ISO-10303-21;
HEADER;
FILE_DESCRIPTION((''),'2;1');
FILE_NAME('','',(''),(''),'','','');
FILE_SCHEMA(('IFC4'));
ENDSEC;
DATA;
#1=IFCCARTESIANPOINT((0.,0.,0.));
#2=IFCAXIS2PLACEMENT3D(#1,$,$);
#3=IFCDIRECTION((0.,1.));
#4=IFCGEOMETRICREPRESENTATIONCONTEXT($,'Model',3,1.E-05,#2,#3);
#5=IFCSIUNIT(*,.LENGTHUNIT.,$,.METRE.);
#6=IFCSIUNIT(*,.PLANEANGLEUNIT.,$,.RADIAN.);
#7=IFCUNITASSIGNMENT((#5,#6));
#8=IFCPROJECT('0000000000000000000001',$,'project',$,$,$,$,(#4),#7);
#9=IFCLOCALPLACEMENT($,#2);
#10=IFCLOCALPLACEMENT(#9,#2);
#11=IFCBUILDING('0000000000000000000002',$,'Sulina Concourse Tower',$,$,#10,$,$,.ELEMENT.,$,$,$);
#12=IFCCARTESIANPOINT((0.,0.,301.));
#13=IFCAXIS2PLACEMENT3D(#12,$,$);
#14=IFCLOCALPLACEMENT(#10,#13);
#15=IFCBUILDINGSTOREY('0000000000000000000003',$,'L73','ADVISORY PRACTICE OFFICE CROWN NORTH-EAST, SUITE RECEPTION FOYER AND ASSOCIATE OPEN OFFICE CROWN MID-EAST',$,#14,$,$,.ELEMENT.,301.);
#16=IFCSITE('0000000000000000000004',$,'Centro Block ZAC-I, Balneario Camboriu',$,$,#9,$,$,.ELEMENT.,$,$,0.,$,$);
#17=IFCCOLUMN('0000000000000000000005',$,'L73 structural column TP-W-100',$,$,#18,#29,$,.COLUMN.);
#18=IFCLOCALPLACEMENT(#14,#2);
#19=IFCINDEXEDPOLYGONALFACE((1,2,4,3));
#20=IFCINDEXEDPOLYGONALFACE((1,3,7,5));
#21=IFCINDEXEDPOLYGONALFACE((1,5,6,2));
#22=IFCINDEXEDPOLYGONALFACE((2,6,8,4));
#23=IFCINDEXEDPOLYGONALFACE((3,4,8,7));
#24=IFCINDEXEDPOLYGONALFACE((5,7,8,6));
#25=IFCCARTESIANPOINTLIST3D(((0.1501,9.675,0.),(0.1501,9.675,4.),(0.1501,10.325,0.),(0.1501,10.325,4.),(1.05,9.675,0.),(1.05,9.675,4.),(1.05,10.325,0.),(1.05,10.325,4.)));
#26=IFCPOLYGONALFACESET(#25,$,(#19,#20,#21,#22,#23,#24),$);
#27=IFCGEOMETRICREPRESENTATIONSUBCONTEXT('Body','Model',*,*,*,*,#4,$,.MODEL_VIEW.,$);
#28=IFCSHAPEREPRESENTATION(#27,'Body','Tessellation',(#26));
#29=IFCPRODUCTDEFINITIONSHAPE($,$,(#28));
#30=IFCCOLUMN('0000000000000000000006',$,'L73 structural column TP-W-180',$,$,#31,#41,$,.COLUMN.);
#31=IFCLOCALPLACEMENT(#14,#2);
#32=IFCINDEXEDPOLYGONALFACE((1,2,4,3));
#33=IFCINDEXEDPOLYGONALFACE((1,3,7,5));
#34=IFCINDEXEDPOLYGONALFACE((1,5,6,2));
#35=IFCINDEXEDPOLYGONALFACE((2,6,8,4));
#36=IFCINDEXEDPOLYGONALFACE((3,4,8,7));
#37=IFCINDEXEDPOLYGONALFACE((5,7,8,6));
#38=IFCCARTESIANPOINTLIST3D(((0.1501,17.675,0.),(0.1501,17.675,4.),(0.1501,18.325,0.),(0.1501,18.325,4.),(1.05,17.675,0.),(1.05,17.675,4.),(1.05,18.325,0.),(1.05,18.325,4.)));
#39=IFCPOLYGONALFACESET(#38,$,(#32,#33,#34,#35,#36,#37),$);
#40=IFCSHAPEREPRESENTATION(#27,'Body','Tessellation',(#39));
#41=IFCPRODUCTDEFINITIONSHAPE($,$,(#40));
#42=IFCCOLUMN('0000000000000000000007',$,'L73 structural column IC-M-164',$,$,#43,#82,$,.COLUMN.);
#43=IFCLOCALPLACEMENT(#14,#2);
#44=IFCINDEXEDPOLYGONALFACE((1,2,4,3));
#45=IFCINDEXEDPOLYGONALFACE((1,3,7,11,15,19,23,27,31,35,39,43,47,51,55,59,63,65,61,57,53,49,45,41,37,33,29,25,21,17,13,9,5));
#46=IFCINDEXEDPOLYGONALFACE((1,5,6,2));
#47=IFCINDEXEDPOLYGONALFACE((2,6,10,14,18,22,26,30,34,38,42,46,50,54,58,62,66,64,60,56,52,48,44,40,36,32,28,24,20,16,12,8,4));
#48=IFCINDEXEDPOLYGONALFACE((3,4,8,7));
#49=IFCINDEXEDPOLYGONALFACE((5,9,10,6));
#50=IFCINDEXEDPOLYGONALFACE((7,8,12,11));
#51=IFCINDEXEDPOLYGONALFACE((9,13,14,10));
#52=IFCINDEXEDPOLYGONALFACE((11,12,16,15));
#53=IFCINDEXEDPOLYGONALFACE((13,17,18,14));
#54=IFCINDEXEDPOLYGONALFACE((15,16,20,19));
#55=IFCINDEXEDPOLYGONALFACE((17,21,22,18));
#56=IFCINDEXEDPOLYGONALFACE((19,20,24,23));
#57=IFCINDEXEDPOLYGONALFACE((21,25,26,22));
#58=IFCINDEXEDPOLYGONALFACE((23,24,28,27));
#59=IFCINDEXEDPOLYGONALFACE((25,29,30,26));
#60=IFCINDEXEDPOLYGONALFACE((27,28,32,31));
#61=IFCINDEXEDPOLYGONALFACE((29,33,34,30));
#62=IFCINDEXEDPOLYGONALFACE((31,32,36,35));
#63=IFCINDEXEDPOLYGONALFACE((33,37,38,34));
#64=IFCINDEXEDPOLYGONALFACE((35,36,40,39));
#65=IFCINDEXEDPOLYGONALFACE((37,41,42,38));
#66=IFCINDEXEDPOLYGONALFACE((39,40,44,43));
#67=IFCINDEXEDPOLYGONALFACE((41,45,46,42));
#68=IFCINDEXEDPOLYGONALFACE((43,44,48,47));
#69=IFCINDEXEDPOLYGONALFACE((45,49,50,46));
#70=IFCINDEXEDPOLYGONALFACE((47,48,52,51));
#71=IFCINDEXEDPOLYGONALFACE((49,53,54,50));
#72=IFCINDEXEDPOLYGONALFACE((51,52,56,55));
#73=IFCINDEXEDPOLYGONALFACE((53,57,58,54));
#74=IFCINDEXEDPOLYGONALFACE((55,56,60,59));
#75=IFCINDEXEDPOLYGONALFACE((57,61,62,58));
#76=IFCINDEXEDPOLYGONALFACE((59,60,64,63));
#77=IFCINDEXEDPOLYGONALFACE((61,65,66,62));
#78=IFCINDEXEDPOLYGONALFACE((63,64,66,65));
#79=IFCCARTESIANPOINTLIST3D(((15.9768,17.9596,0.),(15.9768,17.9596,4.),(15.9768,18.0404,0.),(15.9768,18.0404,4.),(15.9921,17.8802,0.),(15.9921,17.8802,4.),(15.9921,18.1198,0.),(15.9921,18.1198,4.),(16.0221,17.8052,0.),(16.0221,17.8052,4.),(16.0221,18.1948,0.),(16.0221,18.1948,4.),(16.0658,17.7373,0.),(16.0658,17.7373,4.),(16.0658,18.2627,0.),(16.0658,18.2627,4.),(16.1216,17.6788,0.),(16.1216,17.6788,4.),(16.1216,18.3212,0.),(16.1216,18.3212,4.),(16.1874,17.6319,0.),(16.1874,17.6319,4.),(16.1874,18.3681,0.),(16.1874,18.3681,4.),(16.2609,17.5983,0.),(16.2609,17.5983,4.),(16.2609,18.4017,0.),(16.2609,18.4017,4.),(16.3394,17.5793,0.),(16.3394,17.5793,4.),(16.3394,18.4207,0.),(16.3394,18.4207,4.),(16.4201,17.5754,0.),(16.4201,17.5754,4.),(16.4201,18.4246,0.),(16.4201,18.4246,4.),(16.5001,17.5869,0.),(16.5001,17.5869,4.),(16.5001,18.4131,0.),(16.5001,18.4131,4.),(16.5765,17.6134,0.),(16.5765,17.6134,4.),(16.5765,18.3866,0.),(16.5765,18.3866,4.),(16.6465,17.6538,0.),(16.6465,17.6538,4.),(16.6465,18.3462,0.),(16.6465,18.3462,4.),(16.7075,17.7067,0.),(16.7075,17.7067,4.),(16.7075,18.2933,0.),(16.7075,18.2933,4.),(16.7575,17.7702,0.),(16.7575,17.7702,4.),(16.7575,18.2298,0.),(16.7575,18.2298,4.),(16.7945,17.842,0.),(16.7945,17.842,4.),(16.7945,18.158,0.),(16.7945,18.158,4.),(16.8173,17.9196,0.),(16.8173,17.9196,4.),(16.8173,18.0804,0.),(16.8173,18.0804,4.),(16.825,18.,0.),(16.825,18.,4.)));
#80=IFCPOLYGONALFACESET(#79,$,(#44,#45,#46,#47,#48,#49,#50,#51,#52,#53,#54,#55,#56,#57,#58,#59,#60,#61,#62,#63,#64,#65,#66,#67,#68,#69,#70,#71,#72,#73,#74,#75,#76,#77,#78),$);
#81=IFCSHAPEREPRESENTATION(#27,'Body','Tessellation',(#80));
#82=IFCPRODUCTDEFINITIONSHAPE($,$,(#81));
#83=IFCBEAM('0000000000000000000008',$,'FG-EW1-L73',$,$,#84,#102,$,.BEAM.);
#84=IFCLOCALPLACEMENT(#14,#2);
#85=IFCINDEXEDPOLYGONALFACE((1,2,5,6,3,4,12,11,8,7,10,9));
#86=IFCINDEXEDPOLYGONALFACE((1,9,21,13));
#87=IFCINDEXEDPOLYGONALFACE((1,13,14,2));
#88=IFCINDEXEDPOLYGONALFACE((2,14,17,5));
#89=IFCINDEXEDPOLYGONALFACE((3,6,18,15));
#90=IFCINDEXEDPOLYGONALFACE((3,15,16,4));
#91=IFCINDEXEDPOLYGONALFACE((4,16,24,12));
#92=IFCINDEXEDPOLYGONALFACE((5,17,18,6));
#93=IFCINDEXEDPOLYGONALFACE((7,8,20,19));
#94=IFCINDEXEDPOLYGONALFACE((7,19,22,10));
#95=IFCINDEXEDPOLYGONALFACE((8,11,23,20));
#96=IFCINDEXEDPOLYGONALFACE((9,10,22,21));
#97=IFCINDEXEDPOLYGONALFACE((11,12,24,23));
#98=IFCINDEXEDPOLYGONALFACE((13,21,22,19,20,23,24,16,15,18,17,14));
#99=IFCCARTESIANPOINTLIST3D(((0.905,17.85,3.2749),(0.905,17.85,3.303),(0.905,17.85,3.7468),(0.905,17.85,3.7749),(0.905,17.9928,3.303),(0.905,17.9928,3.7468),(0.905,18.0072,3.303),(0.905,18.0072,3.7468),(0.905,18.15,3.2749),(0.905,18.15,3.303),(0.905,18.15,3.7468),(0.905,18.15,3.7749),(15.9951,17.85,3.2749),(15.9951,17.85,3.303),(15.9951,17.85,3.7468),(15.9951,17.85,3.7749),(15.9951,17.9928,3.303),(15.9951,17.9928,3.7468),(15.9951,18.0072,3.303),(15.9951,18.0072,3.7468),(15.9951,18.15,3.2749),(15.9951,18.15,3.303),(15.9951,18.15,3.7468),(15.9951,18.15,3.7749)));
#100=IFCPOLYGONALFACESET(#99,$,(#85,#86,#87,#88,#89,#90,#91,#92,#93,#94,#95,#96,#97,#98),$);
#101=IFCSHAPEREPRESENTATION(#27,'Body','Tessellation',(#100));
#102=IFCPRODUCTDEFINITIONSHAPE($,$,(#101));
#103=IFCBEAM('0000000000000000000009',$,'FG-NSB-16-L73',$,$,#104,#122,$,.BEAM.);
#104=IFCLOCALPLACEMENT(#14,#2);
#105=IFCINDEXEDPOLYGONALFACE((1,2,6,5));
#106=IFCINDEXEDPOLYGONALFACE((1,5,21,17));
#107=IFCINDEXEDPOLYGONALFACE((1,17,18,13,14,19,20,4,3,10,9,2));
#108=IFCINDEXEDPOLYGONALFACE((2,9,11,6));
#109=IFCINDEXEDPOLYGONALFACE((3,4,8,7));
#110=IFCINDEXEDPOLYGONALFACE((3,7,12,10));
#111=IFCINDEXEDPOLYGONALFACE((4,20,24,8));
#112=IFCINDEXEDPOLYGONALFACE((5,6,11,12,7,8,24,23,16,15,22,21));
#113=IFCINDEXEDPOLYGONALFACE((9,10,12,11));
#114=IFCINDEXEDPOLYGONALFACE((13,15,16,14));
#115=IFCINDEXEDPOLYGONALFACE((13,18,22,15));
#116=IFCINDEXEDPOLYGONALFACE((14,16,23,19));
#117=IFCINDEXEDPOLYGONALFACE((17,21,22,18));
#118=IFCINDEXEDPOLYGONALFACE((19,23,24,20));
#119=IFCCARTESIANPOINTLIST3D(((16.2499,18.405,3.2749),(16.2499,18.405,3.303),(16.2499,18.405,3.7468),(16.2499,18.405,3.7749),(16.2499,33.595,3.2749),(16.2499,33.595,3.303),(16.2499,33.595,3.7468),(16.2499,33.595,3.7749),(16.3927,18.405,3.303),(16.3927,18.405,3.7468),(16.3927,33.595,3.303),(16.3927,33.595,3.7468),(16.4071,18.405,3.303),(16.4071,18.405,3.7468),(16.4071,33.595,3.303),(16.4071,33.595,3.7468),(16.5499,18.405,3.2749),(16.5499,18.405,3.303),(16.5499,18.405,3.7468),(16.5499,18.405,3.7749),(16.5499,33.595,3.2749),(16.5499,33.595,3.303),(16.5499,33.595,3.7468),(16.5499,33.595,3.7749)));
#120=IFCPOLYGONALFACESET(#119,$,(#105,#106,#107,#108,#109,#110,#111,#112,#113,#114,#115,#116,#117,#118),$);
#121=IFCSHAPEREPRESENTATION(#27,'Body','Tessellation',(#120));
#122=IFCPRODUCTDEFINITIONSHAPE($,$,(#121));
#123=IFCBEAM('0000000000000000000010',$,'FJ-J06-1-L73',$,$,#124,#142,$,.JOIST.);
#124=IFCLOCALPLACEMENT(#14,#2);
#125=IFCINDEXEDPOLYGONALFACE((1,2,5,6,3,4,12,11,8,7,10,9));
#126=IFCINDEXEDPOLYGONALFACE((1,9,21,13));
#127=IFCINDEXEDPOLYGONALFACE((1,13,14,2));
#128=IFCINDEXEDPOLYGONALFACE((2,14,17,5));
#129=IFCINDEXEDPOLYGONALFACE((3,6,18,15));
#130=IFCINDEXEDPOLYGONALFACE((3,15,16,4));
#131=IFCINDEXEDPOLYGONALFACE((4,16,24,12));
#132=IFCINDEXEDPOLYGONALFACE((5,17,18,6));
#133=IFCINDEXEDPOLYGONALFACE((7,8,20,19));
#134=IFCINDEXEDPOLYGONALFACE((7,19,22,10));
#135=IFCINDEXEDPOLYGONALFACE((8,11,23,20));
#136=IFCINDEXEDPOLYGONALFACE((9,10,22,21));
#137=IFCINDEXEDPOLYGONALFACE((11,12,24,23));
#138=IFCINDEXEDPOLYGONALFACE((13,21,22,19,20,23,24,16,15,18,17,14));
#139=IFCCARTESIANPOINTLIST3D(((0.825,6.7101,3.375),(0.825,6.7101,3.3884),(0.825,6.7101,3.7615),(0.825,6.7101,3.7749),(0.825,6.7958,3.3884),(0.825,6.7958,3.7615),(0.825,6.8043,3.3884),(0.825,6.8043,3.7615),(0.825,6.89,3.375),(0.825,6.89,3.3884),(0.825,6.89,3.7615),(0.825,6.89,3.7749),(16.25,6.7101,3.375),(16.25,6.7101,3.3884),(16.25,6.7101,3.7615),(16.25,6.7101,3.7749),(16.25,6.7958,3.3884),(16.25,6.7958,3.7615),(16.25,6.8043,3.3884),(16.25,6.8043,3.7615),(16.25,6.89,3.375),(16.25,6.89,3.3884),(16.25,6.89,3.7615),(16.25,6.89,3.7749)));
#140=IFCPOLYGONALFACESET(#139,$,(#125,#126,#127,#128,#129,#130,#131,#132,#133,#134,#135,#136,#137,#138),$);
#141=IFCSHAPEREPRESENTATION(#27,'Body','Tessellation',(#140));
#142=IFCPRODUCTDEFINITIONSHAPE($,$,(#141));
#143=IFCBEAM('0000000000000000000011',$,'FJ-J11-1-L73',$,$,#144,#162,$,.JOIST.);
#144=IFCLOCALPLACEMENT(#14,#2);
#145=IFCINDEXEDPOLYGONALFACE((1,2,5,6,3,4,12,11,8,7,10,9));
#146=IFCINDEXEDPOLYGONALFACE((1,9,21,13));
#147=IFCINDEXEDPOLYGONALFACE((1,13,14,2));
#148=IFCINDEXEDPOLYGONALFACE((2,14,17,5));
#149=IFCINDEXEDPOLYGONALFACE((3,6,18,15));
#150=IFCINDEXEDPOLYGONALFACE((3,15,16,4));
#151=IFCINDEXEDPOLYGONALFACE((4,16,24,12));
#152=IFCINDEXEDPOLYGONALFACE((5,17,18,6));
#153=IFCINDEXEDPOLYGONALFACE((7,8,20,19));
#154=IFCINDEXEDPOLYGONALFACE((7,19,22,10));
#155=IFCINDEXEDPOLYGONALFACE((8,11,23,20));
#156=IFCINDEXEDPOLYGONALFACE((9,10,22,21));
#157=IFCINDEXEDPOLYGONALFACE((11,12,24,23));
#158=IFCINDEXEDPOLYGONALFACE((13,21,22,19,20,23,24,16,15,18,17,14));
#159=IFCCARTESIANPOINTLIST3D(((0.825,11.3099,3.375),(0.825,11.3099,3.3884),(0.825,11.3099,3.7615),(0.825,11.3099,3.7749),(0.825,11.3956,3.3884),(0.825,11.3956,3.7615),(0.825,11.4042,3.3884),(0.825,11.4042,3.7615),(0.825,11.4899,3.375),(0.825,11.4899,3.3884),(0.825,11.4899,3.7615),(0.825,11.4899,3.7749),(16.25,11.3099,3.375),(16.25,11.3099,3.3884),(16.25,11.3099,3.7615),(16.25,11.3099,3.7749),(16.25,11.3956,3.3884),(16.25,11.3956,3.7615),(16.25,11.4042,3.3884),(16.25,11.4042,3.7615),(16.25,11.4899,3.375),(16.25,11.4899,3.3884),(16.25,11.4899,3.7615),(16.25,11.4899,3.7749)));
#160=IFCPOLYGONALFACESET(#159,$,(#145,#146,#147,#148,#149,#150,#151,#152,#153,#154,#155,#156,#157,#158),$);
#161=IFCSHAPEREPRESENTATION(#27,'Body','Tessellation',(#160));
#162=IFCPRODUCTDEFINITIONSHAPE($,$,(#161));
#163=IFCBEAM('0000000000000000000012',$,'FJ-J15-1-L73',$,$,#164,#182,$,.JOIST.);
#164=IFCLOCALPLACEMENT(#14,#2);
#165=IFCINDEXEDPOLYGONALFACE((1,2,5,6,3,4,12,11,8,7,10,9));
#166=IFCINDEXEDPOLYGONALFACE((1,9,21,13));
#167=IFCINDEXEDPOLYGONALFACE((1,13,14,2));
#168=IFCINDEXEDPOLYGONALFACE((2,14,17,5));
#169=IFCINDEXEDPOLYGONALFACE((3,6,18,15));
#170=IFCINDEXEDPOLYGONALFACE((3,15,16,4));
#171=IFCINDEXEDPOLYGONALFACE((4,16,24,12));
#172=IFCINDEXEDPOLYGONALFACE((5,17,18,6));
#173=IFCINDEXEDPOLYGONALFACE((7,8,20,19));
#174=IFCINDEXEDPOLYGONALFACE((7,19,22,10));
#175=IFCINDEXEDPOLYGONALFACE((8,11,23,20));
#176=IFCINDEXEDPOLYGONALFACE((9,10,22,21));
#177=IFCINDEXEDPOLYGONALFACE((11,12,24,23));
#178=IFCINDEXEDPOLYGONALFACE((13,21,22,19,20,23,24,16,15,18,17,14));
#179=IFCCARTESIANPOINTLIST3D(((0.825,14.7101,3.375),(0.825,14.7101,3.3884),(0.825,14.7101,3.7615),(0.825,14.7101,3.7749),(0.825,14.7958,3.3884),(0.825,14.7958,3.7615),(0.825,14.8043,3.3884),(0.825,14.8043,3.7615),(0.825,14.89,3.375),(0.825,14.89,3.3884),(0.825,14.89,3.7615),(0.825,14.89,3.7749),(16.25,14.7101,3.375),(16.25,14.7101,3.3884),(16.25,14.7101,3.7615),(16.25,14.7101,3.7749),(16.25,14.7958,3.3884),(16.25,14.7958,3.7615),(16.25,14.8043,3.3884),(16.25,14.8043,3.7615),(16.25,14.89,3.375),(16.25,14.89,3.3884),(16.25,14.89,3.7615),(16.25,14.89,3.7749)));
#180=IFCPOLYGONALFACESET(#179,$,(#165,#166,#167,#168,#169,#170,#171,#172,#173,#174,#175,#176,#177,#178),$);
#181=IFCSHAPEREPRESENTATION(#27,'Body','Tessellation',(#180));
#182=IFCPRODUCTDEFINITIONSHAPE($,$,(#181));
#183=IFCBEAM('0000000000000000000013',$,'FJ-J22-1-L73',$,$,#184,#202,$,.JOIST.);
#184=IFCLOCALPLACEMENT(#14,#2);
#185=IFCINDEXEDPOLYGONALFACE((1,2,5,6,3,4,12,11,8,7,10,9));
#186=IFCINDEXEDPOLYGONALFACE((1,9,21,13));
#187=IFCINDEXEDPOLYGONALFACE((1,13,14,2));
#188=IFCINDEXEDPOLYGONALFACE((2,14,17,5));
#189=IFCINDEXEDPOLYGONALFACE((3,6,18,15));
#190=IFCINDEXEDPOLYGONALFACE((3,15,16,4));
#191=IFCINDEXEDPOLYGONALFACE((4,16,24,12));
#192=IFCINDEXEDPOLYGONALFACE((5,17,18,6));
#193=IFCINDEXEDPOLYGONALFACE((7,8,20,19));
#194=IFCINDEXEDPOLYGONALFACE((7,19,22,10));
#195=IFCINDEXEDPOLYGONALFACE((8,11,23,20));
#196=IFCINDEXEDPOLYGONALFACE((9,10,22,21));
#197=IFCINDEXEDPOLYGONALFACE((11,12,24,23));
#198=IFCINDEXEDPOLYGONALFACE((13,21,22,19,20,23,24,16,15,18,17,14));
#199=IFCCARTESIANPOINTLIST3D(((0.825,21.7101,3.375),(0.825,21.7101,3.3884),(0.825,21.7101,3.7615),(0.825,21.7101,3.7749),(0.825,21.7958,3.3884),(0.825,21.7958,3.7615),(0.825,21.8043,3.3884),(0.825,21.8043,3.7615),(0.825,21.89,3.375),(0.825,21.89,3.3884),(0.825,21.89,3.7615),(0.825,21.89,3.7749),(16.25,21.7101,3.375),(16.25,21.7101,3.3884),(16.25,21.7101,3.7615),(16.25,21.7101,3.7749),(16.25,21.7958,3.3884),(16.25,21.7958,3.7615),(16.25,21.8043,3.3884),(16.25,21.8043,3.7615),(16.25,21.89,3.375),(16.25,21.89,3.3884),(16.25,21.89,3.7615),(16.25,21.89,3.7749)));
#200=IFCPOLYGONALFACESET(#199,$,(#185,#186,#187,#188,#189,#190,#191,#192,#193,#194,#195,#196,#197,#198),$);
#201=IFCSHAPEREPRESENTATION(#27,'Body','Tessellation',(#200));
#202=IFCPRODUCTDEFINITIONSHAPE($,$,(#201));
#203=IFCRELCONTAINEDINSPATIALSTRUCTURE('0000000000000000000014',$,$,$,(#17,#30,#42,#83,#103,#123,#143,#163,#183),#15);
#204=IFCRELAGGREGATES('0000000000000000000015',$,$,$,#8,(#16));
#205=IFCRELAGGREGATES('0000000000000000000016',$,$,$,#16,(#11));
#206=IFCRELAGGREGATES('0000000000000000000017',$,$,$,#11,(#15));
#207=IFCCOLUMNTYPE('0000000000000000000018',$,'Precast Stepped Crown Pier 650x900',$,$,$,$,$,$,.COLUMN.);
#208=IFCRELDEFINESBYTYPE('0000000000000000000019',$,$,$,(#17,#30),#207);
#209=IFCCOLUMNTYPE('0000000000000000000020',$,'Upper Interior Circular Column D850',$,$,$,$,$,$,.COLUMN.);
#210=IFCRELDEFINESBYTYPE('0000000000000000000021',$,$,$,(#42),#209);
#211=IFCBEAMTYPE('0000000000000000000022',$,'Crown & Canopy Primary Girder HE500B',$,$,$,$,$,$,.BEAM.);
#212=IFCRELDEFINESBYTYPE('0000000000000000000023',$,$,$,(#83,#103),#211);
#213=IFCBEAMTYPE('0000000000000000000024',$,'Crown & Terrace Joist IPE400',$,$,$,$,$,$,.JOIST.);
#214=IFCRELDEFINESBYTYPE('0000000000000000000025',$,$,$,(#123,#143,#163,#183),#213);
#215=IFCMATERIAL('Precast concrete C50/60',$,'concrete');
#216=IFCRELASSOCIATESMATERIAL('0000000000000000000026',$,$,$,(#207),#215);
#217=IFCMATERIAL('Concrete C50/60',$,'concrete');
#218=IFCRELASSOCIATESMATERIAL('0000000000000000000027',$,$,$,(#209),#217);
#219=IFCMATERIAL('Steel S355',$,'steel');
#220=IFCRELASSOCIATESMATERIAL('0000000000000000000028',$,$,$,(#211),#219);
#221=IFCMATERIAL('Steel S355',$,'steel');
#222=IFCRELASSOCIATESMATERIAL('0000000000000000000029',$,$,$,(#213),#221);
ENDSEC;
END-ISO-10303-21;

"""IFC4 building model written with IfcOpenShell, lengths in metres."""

from ifc_helpers import new_model, si_unit, direction, frame, origin, origin_2d, place, context, subcontext, project, spatial, rectangle, circle, i_section, extrude, material, material_profile, profile_set, type_object, element, save


model = new_model("IFC4")

# Units and contexts
model_context = context("Model", 3, precision=1e-05, world=origin(), true_north=direction((0.0, 1.0)))
body_context = subcontext(model_context, "Body", "Model", "MODEL_VIEW")
ifc_project = project(units=[si_unit("LENGTHUNIT", "METRE"), si_unit("PLANEANGLEUNIT", "RADIAN")], contexts=[model_context])

# Site, building, storey
site_placement = place(None, origin())
site = spatial("IfcSite", under=ifc_project, at=site_placement, Name="Centro Block ZAC-I, Balneario Camboriu", CompositionType="ELEMENT", RefElevation=0.0)
building_placement = place(site_placement, origin())
building = spatial("IfcBuilding", under=site, at=building_placement, Name="Sulina Concourse Tower", CompositionType="ELEMENT")
storey_placement = place(building_placement, frame((0.0, 0.0, 301.0)))
storey = spatial("IfcBuildingStorey", under=building, at=storey_placement, Name="L73", Description="ADVISORY PRACTICE OFFICE CROWN NORTH-EAST, SUITE RECEPTION FOYER AND ASSOCIATE OPEN OFFICE CROWN MID-EAST", CompositionType="ELEMENT", Elevation=301.0)

# Columns
ifc_material_1 = material(Name="Precast concrete C50/60", Category="concrete")
ifc_material_profile_1 = material_profile(ifc_material_1, rectangle(XDim=0.6499, YDim=0.8999, at=origin_2d()), Name="PC 650x900")
ifc_profile_set_1 = profile_set([ifc_material_profile_1], Name="Precast concrete C50/60")
column_type_1 = type_object("IfcColumnType", Name="Precast Stepped Crown Pier 650x900", PredefinedType="COLUMN", material=ifc_profile_set_1)
for number, where, z_axis, x_axis, name in (
    (1, (0.6001, 10.0, 0.0), (0.0, 0.0, 1.0), (0.0, 1.0, 0.0), "L73 structural column TP-W-100"),
    (2, (0.6001, 18.0, 0.0), (0.0, 0.0, 1.0), (0.0, 1.0, 0.0), "L73 structural column TP-W-180"),
):
    element("IfcColumn", number, at=place(storey_placement, frame(where, z_axis=z_axis, x_axis=x_axis)), inside=storey, type_object=column_type_1, Name=name, PredefinedType="COLUMN", context=body_context, shape_type="SweptSolid", body=[
        extrude(rectangle(XDim=0.6499, YDim=0.8999, at=origin_2d()), origin(), (0.0, 0.0, 1.0), 4.0),
    ])
ifc_material_2 = material(Name="Concrete C50/60", Category="concrete")
ifc_material_profile_2 = material_profile(ifc_material_2, circle(Radius=0.425, at=origin_2d()), Name="RC D850")
ifc_profile_set_2 = profile_set([ifc_material_profile_2], Name="Concrete C50/60")
column_type_2 = type_object("IfcColumnType", Name="Upper Interior Circular Column D850", PredefinedType="COLUMN", material=ifc_profile_set_2)
column_placement = place(storey_placement, frame((16.3999, 18.0, 0.0), z_axis=(0.0, 0.0, 1.0), x_axis=(1.0, 0.0, 0.0)))
element("IfcColumn", 3, at=column_placement, inside=storey, type_object=column_type_2, Name="L73 structural column IC-M-164", PredefinedType="COLUMN", context=body_context, shape_type="SweptSolid", body=[
    extrude(circle(Radius=0.425, at=origin_2d()), origin(), (0.0, 0.0, 1.0), 4.0),
])

# Beams
ifc_material_3 = material(Name="Steel S355", Category="steel")
ifc_material_profile_3 = material_profile(ifc_material_3, i_section(OverallWidth=0.3, OverallDepth=0.5, WebThickness=0.0144, FlangeThickness=0.0281, at=origin_2d()), Name="HE 500 B")
ifc_profile_set_3 = profile_set([ifc_material_profile_3], Name="Steel S355")
beam_type_1 = type_object("IfcBeamType", Name="Crown & Canopy Primary Girder HE500B", PredefinedType="BEAM", material=ifc_profile_set_3)
beam_1_placement = place(storey_placement, frame((0.905, 18.0, 3.5249), z_axis=(1.0, 0.0, 0.0), x_axis=(0.0, 1.0, 0.0)))
element("IfcBeam", 4, at=beam_1_placement, inside=storey, type_object=beam_type_1, Name="FG-EW1-L73", PredefinedType="BEAM", context=body_context, shape_type="SweptSolid", body=[
    extrude(i_section(OverallWidth=0.3, OverallDepth=0.5, WebThickness=0.0144, FlangeThickness=0.0281, at=origin_2d()), origin(), (0.0, 0.0, 1.0), 15.0901),
])
beam_2_placement = place(storey_placement, frame((16.3999, 18.405, 3.5249), z_axis=(0.0, 1.0, 0.0), x_axis=(-1.0, 0.0, 0.0)))
element("IfcBeam", 5, at=beam_2_placement, inside=storey, type_object=beam_type_1, Name="FG-NSB-16-L73", PredefinedType="BEAM", context=body_context, shape_type="SweptSolid", body=[
    extrude(i_section(OverallWidth=0.3, OverallDepth=0.5, WebThickness=0.0144, FlangeThickness=0.0281, at=origin_2d()), origin(), (0.0, 0.0, 1.0), 15.1899),
])
ifc_material_4 = material(Name="Steel S355", Category="steel")
ifc_material_profile_4 = material_profile(ifc_material_4, i_section(OverallWidth=0.1799, OverallDepth=0.3999, WebThickness=0.0085, FlangeThickness=0.0134, at=origin_2d()), Name="IPE 400")
ifc_profile_set_4 = profile_set([ifc_material_profile_4], Name="Steel S355")
beam_type_2 = type_object("IfcBeamType", Name="Crown & Terrace Joist IPE400", PredefinedType="JOIST", material=ifc_profile_set_4)
for number, where, z_axis, x_axis, name in (
    (6, (0.825, 6.8, 3.575), (1.0, 0.0, 0.0), (0.0, 1.0, 0.0), "FJ-J06-1-L73"),
    (7, (0.825, 11.3999, 3.575), (1.0, 0.0, 0.0), (0.0, 1.0, 0.0), "FJ-J11-1-L73"),
    (8, (0.825, 14.8, 3.575), (1.0, 0.0, 0.0), (0.0, 1.0, 0.0), "FJ-J15-1-L73"),
    (9, (0.825, 21.8, 3.575), (1.0, 0.0, 0.0), (0.0, 1.0, 0.0), "FJ-J22-1-L73"),
):
    element("IfcBeam", number, at=place(storey_placement, frame(where, z_axis=z_axis, x_axis=x_axis)), inside=storey, type_object=beam_type_2, Name=name, PredefinedType="JOIST", context=body_context, shape_type="SweptSolid", body=[
        extrude(i_section(OverallWidth=0.1799, OverallDepth=0.3999, WebThickness=0.0085, FlangeThickness=0.0134, at=origin_2d()), origin(), (0.0, 0.0, 1.0), 15.425),
    ])

save(model, "model.ifc")
